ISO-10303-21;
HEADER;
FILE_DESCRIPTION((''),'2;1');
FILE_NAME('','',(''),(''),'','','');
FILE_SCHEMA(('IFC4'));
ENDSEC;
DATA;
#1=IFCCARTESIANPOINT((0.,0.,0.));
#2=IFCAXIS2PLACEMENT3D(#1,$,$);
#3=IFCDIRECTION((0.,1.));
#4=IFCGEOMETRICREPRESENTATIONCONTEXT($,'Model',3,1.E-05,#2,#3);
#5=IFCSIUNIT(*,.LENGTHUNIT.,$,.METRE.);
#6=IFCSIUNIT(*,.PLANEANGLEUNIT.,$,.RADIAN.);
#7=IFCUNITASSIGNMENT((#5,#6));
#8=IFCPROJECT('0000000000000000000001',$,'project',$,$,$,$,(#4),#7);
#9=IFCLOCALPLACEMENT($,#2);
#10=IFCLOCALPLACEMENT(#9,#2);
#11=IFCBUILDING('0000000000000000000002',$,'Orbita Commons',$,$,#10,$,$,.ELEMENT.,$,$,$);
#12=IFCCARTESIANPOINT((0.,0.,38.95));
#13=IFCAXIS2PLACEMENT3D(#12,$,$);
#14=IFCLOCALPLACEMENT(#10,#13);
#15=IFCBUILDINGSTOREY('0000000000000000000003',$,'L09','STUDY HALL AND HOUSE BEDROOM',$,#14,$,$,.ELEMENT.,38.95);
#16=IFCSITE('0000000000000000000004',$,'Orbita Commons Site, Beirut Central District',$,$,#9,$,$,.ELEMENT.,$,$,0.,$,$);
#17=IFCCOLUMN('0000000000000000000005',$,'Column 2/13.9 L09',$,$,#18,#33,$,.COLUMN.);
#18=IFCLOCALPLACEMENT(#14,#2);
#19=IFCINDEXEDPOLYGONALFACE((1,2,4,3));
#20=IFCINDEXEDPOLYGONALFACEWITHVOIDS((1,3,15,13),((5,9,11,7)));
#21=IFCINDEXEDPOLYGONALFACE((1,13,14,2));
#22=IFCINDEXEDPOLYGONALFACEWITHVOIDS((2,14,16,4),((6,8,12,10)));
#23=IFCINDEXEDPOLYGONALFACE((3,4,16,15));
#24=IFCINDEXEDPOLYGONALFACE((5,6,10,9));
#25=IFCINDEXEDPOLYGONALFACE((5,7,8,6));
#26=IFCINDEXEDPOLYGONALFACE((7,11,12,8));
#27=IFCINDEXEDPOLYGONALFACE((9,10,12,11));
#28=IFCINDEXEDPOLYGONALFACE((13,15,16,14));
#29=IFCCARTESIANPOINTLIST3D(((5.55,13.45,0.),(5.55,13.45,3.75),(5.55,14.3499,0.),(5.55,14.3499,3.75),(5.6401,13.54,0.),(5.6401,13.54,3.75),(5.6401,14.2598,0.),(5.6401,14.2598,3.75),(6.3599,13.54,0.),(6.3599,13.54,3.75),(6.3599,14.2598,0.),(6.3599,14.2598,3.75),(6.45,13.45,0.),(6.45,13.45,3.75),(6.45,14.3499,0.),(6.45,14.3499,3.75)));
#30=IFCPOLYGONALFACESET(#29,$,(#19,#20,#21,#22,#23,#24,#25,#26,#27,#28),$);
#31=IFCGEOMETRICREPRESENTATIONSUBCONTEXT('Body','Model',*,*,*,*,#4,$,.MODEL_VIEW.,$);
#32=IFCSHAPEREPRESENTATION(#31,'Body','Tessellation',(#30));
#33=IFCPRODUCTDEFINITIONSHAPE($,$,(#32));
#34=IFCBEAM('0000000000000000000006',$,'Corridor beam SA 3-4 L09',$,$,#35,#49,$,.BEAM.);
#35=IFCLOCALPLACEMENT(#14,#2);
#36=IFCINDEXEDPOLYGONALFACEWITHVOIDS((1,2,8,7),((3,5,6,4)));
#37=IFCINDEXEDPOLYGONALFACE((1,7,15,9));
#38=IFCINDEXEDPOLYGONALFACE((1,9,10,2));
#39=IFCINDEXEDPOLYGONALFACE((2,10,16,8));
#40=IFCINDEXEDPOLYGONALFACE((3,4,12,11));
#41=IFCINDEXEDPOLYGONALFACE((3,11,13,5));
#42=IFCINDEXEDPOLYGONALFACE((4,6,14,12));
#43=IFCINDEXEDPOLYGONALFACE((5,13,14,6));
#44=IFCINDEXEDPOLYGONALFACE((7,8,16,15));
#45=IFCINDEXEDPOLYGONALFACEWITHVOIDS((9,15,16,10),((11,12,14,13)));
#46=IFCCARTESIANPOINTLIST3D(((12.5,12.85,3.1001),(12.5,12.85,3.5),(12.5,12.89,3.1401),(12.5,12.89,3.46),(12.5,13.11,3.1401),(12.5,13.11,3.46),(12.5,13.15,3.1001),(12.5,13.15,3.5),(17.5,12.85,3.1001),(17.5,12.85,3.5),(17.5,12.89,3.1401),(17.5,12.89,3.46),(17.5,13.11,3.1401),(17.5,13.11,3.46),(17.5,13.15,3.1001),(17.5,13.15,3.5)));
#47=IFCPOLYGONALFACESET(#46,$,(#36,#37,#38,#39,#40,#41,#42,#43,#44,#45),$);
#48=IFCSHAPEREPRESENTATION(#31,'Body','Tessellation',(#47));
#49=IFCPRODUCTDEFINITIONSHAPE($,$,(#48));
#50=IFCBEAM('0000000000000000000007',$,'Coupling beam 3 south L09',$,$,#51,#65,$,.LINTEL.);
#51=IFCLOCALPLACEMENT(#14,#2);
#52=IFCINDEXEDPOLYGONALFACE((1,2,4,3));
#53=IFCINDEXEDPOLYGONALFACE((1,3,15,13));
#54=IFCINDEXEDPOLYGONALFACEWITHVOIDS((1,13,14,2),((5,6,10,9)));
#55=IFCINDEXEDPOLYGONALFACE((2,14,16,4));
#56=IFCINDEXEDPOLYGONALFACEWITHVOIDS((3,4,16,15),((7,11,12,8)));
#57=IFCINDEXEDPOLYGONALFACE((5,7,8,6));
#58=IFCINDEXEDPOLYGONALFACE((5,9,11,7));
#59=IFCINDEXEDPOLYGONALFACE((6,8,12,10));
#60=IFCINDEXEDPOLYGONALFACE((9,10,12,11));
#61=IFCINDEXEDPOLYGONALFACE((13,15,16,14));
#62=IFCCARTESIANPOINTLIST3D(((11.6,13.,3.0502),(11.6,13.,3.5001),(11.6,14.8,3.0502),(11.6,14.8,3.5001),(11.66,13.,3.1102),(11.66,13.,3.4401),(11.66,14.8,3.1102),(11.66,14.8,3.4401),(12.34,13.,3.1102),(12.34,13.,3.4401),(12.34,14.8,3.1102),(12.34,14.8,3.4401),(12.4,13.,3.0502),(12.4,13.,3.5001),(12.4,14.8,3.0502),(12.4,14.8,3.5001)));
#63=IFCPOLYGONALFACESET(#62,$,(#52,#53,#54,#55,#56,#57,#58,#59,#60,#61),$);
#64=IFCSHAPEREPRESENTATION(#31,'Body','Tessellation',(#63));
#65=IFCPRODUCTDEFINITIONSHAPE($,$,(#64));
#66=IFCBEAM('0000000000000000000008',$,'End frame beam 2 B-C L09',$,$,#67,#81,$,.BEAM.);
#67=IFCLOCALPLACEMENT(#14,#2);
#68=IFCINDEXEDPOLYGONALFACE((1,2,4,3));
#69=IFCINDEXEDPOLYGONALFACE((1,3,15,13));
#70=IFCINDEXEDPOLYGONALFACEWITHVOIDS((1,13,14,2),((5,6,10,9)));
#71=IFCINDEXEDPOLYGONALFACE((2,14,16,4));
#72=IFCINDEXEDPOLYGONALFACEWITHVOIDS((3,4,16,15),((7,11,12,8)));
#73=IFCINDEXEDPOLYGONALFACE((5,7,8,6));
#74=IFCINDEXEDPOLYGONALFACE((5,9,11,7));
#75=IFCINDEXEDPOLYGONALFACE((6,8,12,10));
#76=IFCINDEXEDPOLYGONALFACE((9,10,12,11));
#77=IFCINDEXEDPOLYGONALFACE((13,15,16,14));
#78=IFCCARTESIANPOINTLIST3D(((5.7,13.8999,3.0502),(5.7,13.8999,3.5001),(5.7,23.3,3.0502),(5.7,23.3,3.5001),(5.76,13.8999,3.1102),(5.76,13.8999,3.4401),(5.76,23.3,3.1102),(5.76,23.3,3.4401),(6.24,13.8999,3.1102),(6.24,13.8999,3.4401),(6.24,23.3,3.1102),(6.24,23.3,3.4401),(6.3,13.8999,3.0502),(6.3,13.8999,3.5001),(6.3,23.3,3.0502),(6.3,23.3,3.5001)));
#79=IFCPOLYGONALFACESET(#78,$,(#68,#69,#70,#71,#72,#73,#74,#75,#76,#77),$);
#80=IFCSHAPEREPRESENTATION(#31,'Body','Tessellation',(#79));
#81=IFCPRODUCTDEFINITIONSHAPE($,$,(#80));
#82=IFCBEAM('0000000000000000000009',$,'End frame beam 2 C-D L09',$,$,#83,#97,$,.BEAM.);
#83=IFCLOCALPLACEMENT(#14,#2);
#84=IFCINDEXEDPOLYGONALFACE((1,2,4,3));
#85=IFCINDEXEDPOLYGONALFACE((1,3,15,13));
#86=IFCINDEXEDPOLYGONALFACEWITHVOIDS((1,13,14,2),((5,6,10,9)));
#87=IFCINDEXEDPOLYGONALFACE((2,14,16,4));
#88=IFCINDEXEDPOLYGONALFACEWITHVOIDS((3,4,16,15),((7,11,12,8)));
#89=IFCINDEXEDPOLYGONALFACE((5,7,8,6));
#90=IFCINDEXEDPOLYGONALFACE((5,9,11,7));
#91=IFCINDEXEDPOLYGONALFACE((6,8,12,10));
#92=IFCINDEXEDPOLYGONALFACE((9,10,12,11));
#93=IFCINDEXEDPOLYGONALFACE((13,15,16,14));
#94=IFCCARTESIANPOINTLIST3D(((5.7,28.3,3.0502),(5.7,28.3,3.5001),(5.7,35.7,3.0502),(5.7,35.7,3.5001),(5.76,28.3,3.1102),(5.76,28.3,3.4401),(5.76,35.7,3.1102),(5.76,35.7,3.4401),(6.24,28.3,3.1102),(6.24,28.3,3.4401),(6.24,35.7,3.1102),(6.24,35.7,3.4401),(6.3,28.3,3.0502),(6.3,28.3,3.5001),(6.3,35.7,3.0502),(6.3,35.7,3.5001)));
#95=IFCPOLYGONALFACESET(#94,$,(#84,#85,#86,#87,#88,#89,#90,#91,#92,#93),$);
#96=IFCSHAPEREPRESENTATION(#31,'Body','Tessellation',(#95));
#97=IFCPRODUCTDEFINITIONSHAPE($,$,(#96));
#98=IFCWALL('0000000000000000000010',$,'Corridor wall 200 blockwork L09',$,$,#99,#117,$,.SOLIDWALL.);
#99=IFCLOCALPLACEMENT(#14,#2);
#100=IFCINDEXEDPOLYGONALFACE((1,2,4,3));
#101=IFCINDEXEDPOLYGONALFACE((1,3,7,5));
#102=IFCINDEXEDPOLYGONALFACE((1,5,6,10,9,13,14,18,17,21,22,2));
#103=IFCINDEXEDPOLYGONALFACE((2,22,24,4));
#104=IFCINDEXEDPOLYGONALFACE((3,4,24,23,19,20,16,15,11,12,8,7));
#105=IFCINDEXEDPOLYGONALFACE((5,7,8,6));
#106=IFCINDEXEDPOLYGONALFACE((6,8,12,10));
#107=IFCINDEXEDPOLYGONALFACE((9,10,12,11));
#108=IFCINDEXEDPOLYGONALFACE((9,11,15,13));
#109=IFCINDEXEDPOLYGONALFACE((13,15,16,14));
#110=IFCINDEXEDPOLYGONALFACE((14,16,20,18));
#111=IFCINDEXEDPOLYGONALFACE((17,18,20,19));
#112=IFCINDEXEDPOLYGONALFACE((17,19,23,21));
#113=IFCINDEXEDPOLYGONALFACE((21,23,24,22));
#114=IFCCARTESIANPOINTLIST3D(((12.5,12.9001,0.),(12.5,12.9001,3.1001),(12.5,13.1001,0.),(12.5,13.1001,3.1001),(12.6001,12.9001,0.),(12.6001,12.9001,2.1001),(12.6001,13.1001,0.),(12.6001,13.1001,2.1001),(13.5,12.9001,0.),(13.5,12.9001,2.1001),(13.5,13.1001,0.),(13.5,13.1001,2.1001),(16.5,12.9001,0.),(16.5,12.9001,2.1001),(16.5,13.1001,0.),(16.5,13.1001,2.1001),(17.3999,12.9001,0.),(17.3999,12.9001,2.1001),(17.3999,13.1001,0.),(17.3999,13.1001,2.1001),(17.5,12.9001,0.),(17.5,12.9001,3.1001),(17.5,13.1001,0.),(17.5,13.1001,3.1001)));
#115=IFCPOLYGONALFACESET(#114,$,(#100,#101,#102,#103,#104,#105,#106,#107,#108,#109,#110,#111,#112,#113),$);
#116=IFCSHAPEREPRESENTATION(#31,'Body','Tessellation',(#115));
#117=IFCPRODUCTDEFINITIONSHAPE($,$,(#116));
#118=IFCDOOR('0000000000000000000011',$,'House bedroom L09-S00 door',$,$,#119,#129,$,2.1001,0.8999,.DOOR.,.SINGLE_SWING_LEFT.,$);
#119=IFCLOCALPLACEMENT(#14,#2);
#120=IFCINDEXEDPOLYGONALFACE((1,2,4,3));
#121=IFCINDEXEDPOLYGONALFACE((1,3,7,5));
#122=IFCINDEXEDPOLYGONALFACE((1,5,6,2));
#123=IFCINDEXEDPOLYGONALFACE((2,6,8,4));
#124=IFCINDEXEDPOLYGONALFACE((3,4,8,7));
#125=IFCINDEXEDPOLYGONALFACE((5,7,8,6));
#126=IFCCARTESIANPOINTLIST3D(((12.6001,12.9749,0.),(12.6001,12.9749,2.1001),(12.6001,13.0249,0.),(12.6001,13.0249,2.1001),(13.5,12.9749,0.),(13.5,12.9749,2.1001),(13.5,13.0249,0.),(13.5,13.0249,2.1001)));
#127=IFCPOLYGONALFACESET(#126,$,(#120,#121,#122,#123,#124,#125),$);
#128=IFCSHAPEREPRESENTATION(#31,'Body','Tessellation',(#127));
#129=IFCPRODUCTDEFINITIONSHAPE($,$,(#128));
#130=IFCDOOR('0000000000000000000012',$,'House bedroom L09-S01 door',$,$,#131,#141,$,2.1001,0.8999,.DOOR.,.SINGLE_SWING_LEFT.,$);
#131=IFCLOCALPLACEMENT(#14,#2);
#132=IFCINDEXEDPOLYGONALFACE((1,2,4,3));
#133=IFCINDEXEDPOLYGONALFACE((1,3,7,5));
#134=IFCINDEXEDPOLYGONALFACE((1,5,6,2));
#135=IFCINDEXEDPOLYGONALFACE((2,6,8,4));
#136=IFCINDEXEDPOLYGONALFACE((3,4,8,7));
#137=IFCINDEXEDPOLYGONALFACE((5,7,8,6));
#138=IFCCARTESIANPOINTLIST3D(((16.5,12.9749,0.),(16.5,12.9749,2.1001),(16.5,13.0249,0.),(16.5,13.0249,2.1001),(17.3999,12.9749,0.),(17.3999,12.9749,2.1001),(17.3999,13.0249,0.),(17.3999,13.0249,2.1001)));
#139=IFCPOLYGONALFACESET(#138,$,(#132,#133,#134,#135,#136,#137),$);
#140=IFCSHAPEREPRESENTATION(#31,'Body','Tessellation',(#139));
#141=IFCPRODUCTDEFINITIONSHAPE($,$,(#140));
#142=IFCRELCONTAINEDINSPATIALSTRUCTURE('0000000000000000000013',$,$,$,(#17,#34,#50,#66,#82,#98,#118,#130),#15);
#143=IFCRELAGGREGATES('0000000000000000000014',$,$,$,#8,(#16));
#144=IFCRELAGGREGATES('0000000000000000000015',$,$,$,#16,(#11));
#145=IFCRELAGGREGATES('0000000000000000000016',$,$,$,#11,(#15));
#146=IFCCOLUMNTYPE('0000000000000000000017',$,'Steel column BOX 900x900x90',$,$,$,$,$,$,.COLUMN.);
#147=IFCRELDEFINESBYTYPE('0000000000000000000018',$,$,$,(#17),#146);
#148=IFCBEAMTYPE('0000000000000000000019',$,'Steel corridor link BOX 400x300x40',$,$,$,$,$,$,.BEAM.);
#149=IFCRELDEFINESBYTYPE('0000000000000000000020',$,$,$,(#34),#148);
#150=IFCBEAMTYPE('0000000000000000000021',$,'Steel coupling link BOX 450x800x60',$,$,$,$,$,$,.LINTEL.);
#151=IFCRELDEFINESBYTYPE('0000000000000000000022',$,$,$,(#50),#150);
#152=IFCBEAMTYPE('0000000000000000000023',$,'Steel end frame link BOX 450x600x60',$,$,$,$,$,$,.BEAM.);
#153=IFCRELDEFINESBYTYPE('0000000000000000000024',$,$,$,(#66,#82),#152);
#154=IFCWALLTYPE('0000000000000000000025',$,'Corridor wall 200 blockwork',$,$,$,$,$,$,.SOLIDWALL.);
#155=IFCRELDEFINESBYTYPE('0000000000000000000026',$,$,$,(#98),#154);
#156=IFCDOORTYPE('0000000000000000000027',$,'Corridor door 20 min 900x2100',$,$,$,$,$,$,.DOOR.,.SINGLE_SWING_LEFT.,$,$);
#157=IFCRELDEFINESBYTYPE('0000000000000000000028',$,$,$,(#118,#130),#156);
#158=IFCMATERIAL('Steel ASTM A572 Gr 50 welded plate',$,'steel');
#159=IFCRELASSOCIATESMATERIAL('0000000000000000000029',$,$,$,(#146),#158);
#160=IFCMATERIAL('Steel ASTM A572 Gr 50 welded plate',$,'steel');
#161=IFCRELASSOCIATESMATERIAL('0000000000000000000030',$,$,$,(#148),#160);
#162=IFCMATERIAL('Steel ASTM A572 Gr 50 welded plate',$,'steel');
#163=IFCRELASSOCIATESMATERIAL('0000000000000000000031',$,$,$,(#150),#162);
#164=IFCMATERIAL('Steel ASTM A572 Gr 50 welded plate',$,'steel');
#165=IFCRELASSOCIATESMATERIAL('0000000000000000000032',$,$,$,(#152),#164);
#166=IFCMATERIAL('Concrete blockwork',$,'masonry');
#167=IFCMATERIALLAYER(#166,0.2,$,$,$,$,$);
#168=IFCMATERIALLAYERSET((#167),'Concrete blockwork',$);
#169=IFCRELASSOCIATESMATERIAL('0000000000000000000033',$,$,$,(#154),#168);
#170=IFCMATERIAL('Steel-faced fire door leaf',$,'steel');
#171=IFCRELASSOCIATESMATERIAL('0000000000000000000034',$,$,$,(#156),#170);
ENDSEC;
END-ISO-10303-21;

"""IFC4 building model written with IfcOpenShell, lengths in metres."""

from ifc_helpers import new_model, si_unit, direction, frame, frame_2d, origin, origin_2d, place, context, subcontext, project, spatial, polyline, rectangle, hollow_rectangle, outline, extrude, material, layer, layer_set, material_profile, profile_set, type_object, element, fill, save


model = new_model("IFC4")

# Units and contexts
model_context = context("Model", 3, precision=1e-05, world=origin(), true_north=direction((0.0, 1.0)))
body_context = subcontext(model_context, "Body", "Model", "MODEL_VIEW")
ifc_project = project(units=[si_unit("LENGTHUNIT", "METRE"), si_unit("PLANEANGLEUNIT", "RADIAN")], contexts=[model_context])

# Site, building, storey
site_placement = place(None, origin())
site = spatial("IfcSite", under=ifc_project, at=site_placement, Name="Orbita Commons Site, Beirut Central District", CompositionType="ELEMENT", RefElevation=0.0)
building_placement = place(site_placement, origin())
building = spatial("IfcBuilding", under=site, at=building_placement, Name="Orbita Commons", CompositionType="ELEMENT")
storey_placement = place(building_placement, frame((0.0, 0.0, 38.95)))
storey = spatial("IfcBuildingStorey", under=building, at=storey_placement, Name="L09", Description="STUDY HALL AND HOUSE BEDROOM", CompositionType="ELEMENT", Elevation=38.95)

# Column
ifc_material_1 = material(Name="Steel ASTM A572 Gr 50 welded plate", Category="steel")
ifc_material_profile_1 = material_profile(ifc_material_1, hollow_rectangle(XDim=0.8999, YDim=0.8999, WallThickness=0.0901, at=origin_2d()), Name="BOX 900x900x90")
ifc_profile_set_1 = profile_set([ifc_material_profile_1], Name="Steel ASTM A572 Gr 50 welded plate")
column_type = type_object("IfcColumnType", Name="Steel column BOX 900x900x90", PredefinedType="COLUMN", material=ifc_profile_set_1)
column_placement = place(storey_placement, frame((6.0, 13.8999, 0.0), z_axis=(0.0, 0.0, 1.0), x_axis=(1.0, 0.0, 0.0)))
element("IfcColumn", 1, at=column_placement, inside=storey, type_object=column_type, Name="Column 2/13.9 L09", PredefinedType="COLUMN", context=body_context, shape_type="SweptSolid", body=[
    extrude(hollow_rectangle(XDim=0.8999, YDim=0.8999, WallThickness=0.0901, at=origin_2d()), origin(), (0.0, 0.0, 1.0), 3.75),
])

# Beams
ifc_material_2 = material(Name="Steel ASTM A572 Gr 50 welded plate", Category="steel")
ifc_material_profile_2 = material_profile(ifc_material_2, hollow_rectangle(XDim=0.3, YDim=0.3999, WallThickness=0.04, at=origin_2d()), Name="BOX 400x300x40")
ifc_profile_set_2 = profile_set([ifc_material_profile_2], Name="Steel ASTM A572 Gr 50 welded plate")
beam_type_1 = type_object("IfcBeamType", Name="Steel corridor link BOX 400x300x40", PredefinedType="BEAM", material=ifc_profile_set_2)
beam_1_placement = place(storey_placement, frame((12.5, 13.0, 3.3), z_axis=(1.0, 0.0, 0.0), x_axis=(0.0, 1.0, 0.0)))
element("IfcBeam", 2, at=beam_1_placement, inside=storey, type_object=beam_type_1, Name="Corridor beam SA 3-4 L09", PredefinedType="BEAM", context=body_context, shape_type="SweptSolid", body=[
    extrude(hollow_rectangle(XDim=0.3, YDim=0.3999, WallThickness=0.04, at=origin_2d()), origin(), (0.0, 0.0, 1.0), 5.0),
])
ifc_material_3 = material(Name="Steel ASTM A572 Gr 50 welded plate", Category="steel")
ifc_material_profile_3 = material_profile(ifc_material_3, hollow_rectangle(XDim=0.8, YDim=0.45, WallThickness=0.0601, at=origin_2d()), Name="BOX 450x800x60")
ifc_profile_set_3 = profile_set([ifc_material_profile_3], Name="Steel ASTM A572 Gr 50 welded plate")
beam_type_2 = type_object("IfcBeamType", Name="Steel coupling link BOX 450x800x60", PredefinedType="LINTEL", material=ifc_profile_set_3)
beam_2_placement = place(storey_placement, frame((12.0, 13.0, 3.2751), z_axis=(0.0, 1.0, 0.0), x_axis=(-1.0, 0.0, 0.0)))
element("IfcBeam", 3, at=beam_2_placement, inside=storey, type_object=beam_type_2, Name="Coupling beam 3 south L09", PredefinedType="LINTEL", context=body_context, shape_type="SweptSolid", body=[
    extrude(hollow_rectangle(XDim=0.8, YDim=0.45, WallThickness=0.0601, at=origin_2d()), origin(), (0.0, 0.0, 1.0), 1.8),
])
ifc_material_4 = material(Name="Steel ASTM A572 Gr 50 welded plate", Category="steel")
ifc_material_profile_4 = material_profile(ifc_material_4, hollow_rectangle(XDim=0.6001, YDim=0.45, WallThickness=0.0601, at=origin_2d()), Name="BOX 450x600x60")
ifc_profile_set_4 = profile_set([ifc_material_profile_4], Name="Steel ASTM A572 Gr 50 welded plate")
beam_type_3 = type_object("IfcBeamType", Name="Steel end frame link BOX 450x600x60", PredefinedType="BEAM", material=ifc_profile_set_4)
beam_3_placement = place(storey_placement, frame((6.0, 13.8999, 3.2751), z_axis=(0.0, 1.0, 0.0), x_axis=(-1.0, 0.0, 0.0)))
element("IfcBeam", 4, at=beam_3_placement, inside=storey, type_object=beam_type_3, Name="End frame beam 2 B-C L09", PredefinedType="BEAM", context=body_context, shape_type="SweptSolid", body=[
    extrude(hollow_rectangle(XDim=0.6001, YDim=0.45, WallThickness=0.0601, at=origin_2d()), origin(), (0.0, 0.0, 1.0), 9.4001),
])
beam_4_placement = place(storey_placement, frame((6.0, 28.3, 3.2751), z_axis=(0.0, 1.0, 0.0), x_axis=(-1.0, 0.0, 0.0)))
element("IfcBeam", 5, at=beam_4_placement, inside=storey, type_object=beam_type_3, Name="End frame beam 2 C-D L09", PredefinedType="BEAM", context=body_context, shape_type="SweptSolid", body=[
    extrude(hollow_rectangle(XDim=0.6001, YDim=0.45, WallThickness=0.0601, at=origin_2d()), origin(), (0.0, 0.0, 1.0), 7.3999),
])

# Wall, openings, doors
ifc_material_5 = material(Name="Concrete blockwork", Category="masonry")
ifc_layer_1 = layer(ifc_material_5, 0.2)
ifc_layer_set_1 = layer_set([ifc_layer_1], Name="Concrete blockwork")
wall_type_1 = type_object("IfcWallType", Name="Corridor wall 200 blockwork", PredefinedType="SOLIDWALL", material=ifc_layer_set_1)
wall_1_placement = place(storey_placement, frame((12.5, 13.0, 0.0), z_axis=(0.0, 0.0, 1.0), x_axis=(1.0, 0.0, 0.0)))
wall_1 = element("IfcWall", 6, at=wall_1_placement, inside=storey, type_object=wall_type_1, Name="Corridor wall 200 blockwork L09", PredefinedType="SOLIDWALL", context=body_context, shape_type="SweptSolid", body=[
    extrude(outline(polyline([(0.0, 0.0), (5.0, 0.0), (5.0, 3.1001), (0.0, 3.1001), (0.0, 0.0)])), frame((0.0, 0.1001, 0.0), z_axis=(0.0, -1.0, 0.0), x_axis=(1.0, 0.0, 0.0)), (0.0, 0.0, 1.0), 0.2),
])
opening_1_placement = place(wall_1_placement, frame((0.1001, 0.0, 0.0)))
opening_1 = element("IfcOpeningElement", 7, at=opening_1_placement, cuts=wall_1, PredefinedType="OPENING", context=body_context, shape_type="SweptSolid", body=[
    extrude(rectangle(XDim=0.8999, YDim=2.1001, at=frame_2d((0.45, 1.05))), frame((0.0, 0.1099, 0.0), z_axis=(0.0, -1.0, 0.0), x_axis=(1.0, 0.0, 0.0)), (0.0, 0.0, 1.0), 0.22),
])
opening_2_placement = place(wall_1_placement, frame((4.0, 0.0, 0.0)))
opening_2 = element("IfcOpeningElement", 8, at=opening_2_placement, cuts=wall_1, PredefinedType="OPENING", context=body_context, shape_type="SweptSolid", body=[
    extrude(rectangle(XDim=0.8999, YDim=2.1001, at=frame_2d((0.45, 1.05))), frame((0.0, 0.1099, 0.0), z_axis=(0.0, -1.0, 0.0), x_axis=(1.0, 0.0, 0.0)), (0.0, 0.0, 1.0), 0.22),
])
ifc_material_6 = material(Name="Steel-faced fire door leaf", Category="steel")
door_type_1 = type_object("IfcDoorType", Name="Corridor door 20 min 900x2100", OperationType="SINGLE_SWING_LEFT", PredefinedType="DOOR", material=ifc_material_6)
door_1_placement = place(opening_1_placement, origin())
door_1 = element("IfcDoor", 9, at=door_1_placement, inside=storey, type_object=door_type_1, Name="House bedroom L09-S00 door", OperationType="SINGLE_SWING_LEFT", OverallHeight=2.1001, OverallWidth=0.8999, PredefinedType="DOOR", context=body_context, shape_type="SweptSolid", body=[
    extrude(rectangle(XDim=0.8999, YDim=2.1001, at=frame_2d((0.45, 1.05))), frame((0.0, 0.0249, 0.0), z_axis=(0.0, -1.0, 0.0), x_axis=(1.0, 0.0, 0.0)), (0.0, 0.0, 1.0), 0.05),
])
fill(opening_1, door_1)
door_2_placement = place(opening_2_placement, origin())
door_2 = element("IfcDoor", 10, at=door_2_placement, inside=storey, type_object=door_type_1, Name="House bedroom L09-S01 door", OperationType="SINGLE_SWING_LEFT", OverallHeight=2.1001, OverallWidth=0.8999, PredefinedType="DOOR", context=body_context, shape_type="SweptSolid", body=[
    extrude(rectangle(XDim=0.8999, YDim=2.1001, at=frame_2d((0.45, 1.05))), frame((0.0, 0.0249, 0.0), z_axis=(0.0, -1.0, 0.0), x_axis=(1.0, 0.0, 0.0)), (0.0, 0.0, 1.0), 0.05),
])
fill(opening_2, door_2)

save(model, "model.ifc")
